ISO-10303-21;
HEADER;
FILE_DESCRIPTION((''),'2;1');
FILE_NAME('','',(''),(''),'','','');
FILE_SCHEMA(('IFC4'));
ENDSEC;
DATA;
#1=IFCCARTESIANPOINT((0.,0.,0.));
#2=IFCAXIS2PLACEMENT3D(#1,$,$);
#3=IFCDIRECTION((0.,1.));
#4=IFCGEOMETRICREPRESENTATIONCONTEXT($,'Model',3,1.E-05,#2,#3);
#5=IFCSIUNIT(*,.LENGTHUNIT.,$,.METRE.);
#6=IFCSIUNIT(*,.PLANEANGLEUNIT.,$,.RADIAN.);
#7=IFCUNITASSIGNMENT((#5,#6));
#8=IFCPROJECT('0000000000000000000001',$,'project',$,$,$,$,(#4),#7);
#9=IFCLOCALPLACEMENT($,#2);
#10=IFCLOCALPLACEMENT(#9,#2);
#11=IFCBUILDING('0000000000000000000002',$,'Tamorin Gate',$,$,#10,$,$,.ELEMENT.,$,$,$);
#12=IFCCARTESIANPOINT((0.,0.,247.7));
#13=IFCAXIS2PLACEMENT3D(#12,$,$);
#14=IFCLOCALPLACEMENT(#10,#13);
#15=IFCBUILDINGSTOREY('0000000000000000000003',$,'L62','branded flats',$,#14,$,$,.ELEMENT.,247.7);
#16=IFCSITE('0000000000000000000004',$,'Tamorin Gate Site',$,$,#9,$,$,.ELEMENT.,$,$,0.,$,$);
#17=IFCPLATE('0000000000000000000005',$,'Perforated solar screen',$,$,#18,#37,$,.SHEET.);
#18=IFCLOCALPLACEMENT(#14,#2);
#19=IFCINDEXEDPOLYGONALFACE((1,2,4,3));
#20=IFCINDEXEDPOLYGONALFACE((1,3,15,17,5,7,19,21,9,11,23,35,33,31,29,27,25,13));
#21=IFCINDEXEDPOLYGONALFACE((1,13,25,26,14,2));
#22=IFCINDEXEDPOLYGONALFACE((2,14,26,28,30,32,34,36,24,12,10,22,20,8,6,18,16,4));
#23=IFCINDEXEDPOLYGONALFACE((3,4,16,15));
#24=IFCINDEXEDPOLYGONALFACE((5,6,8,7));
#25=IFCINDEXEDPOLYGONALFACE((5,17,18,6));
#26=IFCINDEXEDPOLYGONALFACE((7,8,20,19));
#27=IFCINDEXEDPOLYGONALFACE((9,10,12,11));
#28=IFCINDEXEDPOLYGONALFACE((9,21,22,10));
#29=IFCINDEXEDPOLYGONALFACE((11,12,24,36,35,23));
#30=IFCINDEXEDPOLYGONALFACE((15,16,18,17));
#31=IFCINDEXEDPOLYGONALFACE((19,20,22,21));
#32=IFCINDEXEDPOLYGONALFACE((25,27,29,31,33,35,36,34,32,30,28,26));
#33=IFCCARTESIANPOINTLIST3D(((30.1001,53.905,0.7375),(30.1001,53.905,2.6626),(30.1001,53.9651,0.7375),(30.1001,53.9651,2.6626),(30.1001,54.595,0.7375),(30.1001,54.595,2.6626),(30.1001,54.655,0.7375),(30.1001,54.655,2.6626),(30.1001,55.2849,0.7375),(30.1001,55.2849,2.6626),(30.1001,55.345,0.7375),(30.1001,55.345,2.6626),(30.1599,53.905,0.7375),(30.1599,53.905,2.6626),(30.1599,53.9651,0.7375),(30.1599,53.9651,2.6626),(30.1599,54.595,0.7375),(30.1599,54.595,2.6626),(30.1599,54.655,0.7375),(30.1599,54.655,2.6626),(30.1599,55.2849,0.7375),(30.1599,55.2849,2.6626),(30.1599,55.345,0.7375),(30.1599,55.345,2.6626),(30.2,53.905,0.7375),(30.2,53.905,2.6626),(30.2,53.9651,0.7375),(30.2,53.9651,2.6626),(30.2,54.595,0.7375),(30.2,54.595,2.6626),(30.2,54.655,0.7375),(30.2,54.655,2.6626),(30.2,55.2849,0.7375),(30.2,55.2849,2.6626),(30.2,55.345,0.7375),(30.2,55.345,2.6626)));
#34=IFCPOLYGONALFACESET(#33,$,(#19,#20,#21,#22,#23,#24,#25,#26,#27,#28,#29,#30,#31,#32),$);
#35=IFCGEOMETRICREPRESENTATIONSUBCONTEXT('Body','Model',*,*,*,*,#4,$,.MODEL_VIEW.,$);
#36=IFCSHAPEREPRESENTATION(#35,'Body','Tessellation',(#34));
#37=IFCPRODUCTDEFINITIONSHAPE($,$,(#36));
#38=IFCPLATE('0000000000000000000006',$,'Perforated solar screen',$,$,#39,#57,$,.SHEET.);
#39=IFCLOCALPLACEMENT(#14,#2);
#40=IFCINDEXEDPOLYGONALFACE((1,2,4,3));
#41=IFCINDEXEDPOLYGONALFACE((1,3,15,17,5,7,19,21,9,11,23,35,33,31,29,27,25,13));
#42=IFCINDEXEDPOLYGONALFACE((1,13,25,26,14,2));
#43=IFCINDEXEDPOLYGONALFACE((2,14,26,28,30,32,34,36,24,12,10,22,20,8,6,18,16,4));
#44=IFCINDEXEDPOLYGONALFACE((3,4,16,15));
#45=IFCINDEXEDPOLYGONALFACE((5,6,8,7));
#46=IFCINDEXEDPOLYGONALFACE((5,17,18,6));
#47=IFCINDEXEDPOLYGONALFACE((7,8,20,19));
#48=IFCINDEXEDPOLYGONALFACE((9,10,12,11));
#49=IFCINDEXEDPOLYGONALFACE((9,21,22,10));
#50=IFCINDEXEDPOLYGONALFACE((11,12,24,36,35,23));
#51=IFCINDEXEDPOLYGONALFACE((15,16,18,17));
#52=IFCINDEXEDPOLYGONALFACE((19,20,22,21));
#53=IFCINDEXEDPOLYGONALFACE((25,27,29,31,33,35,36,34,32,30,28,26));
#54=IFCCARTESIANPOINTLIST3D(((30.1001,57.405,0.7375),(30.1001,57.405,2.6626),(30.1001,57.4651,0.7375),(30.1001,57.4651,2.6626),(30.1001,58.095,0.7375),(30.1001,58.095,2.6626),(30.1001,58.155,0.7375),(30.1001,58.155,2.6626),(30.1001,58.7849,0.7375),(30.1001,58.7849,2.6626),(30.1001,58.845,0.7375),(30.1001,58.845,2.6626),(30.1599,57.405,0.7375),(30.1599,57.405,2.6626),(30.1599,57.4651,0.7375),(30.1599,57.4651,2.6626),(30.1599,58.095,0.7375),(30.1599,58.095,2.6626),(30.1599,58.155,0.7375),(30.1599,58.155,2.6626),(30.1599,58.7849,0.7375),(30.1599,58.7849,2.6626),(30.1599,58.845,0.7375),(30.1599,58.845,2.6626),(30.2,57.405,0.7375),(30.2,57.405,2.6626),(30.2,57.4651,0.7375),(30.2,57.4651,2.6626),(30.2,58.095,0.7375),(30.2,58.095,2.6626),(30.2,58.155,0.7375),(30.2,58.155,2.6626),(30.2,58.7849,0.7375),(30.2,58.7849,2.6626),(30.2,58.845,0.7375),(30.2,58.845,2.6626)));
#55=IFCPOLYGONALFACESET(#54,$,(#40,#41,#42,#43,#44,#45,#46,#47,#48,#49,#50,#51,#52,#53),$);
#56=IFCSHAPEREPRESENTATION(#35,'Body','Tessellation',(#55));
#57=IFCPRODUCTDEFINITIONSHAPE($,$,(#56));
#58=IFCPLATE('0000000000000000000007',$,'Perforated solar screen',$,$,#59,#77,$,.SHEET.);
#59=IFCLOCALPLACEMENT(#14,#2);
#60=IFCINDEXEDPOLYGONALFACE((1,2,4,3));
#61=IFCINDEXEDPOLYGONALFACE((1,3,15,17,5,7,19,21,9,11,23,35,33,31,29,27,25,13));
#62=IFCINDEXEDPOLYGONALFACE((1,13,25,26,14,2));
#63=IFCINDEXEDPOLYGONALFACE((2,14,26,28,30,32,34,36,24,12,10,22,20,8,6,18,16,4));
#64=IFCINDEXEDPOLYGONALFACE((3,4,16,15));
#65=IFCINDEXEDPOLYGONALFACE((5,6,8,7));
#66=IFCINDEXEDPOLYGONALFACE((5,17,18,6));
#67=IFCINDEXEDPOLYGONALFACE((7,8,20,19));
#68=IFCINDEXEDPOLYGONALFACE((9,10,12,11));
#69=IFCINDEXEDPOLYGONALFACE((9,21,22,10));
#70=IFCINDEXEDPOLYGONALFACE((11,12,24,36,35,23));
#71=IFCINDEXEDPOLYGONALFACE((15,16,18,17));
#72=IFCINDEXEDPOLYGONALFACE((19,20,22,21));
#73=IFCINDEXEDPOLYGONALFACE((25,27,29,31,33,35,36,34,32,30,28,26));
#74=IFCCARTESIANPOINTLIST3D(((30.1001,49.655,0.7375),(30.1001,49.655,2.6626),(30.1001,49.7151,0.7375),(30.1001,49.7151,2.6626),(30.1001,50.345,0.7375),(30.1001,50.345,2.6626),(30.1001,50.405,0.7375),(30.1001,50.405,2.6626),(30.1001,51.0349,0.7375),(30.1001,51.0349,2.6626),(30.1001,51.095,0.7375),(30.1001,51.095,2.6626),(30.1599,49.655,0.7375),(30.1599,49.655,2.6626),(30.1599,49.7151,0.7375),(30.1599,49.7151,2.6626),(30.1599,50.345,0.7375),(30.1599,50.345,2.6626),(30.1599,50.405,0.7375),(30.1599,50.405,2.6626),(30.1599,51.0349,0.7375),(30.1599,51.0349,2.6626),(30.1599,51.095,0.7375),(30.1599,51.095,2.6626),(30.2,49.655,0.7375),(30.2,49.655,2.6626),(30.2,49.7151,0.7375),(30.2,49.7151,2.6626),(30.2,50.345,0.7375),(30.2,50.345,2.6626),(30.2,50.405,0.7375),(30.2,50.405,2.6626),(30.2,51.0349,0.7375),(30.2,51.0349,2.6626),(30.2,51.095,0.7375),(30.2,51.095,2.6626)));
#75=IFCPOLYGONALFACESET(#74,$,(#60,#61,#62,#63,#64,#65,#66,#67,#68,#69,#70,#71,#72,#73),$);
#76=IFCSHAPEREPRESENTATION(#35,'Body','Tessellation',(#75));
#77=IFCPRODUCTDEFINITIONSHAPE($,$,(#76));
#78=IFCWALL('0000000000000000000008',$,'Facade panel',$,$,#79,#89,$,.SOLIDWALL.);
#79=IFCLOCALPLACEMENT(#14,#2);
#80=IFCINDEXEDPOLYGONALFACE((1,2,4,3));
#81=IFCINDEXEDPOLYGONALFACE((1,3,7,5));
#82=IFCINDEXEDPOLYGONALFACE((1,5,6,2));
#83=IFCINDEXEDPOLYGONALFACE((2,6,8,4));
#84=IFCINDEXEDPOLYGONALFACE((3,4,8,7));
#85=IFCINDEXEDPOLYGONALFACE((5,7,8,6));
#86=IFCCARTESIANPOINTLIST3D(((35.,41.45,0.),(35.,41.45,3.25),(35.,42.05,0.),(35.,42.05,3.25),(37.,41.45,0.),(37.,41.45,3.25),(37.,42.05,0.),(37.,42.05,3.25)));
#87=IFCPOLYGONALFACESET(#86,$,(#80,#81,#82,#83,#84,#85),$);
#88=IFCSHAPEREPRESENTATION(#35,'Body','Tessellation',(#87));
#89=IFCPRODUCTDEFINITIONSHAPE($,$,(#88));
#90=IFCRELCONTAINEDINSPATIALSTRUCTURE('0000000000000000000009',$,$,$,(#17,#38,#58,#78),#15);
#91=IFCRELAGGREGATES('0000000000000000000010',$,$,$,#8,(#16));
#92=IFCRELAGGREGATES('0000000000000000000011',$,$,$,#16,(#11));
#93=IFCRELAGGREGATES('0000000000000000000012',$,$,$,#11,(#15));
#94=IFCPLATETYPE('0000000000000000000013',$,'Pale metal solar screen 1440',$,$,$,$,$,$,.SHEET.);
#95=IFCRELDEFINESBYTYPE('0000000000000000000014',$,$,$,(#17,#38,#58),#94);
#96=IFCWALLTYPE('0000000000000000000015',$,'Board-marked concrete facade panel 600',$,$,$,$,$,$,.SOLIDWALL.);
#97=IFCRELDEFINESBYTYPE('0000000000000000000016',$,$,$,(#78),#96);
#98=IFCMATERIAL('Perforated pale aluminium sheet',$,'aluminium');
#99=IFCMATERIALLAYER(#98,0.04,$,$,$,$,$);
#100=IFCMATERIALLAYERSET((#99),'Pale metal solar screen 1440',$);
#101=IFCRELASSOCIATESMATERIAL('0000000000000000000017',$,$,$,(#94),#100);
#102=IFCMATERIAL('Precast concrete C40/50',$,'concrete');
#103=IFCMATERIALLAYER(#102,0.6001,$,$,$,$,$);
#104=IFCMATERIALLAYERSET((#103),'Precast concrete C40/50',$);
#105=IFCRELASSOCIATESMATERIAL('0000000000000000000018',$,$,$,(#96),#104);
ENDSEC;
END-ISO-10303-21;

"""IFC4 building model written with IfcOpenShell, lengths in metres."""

from ifc_helpers import new_model, si_unit, direction, frame, frame_2d, origin, place, context, subcontext, project, spatial, polyline, rectangle, outline, extrude, material, layer, layer_set, type_object, element, save


model = new_model("IFC4")

# Units and contexts
model_context = context("Model", 3, precision=1e-05, world=origin(), true_north=direction((0.0, 1.0)))
body_context = subcontext(model_context, "Body", "Model", "MODEL_VIEW")
ifc_project = project(units=[si_unit("LENGTHUNIT", "METRE"), si_unit("PLANEANGLEUNIT", "RADIAN")], contexts=[model_context])

# Site, building, storey
site_placement = place(None, origin())
site = spatial("IfcSite", under=ifc_project, at=site_placement, Name="Tamorin Gate Site", CompositionType="ELEMENT", RefElevation=0.0)
building_placement = place(site_placement, origin())
building = spatial("IfcBuilding", under=site, at=building_placement, Name="Tamorin Gate", CompositionType="ELEMENT")
storey_placement = place(building_placement, frame((0.0, 0.0, 247.7)))
storey = spatial("IfcBuildingStorey", under=building, at=storey_placement, Name="L62", Description="branded flats", CompositionType="ELEMENT", Elevation=247.7)

# Plates
ifc_material_1 = material(Name="Perforated pale aluminium sheet", Category="aluminium")
ifc_layer_1 = layer(ifc_material_1, 0.04)
ifc_layer_set_1 = layer_set([ifc_layer_1], Name="Pale metal solar screen 1440")
plate_type = type_object("IfcPlateType", Name="Pale metal solar screen 1440", PredefinedType="SHEET", material=ifc_layer_set_1)
plate_1_placement = place(storey_placement, frame((0.0, 0.0, 0.7375)))
element("IfcPlate", 1, at=plate_1_placement, inside=storey, type_object=plate_type, Name="Perforated solar screen", PredefinedType="SHEET", context=body_context, shape_type="SweptSolid", body=[
    extrude(outline(polyline([(30.1599, 55.345), (30.2, 55.345), (30.2, 55.2849), (30.2, 54.655), (30.2, 54.595), (30.2, 53.9651), (30.2, 53.905), (30.1599, 53.905), (30.1001, 53.905), (30.1001, 53.9651), (30.1599, 53.9651), (30.1599, 54.595), (30.1001, 54.595), (30.1001, 54.655), (30.1599, 54.655), (30.1599, 55.2849), (30.1001, 55.2849), (30.1001, 55.345), (30.1599, 55.345)])), origin(), (0.0, 0.0, 1.0), 1.925),
])
plate_2_placement = place(storey_placement, frame((0.0, 0.0, 0.7375)))
element("IfcPlate", 2, at=plate_2_placement, inside=storey, type_object=plate_type, Name="Perforated solar screen", PredefinedType="SHEET", context=body_context, shape_type="SweptSolid", body=[
    extrude(outline(polyline([(30.1599, 58.845), (30.2, 58.845), (30.2, 58.7849), (30.2, 58.155), (30.2, 58.095), (30.2, 57.4651), (30.2, 57.405), (30.1599, 57.405), (30.1001, 57.405), (30.1001, 57.4651), (30.1599, 57.4651), (30.1599, 58.095), (30.1001, 58.095), (30.1001, 58.155), (30.1599, 58.155), (30.1599, 58.7849), (30.1001, 58.7849), (30.1001, 58.845), (30.1599, 58.845)])), origin(), (0.0, 0.0, 1.0), 1.925),
])
plate_3_placement = place(storey_placement, frame((0.0, 0.0, 0.7375)))
element("IfcPlate", 3, at=plate_3_placement, inside=storey, type_object=plate_type, Name="Perforated solar screen", PredefinedType="SHEET", context=body_context, shape_type="SweptSolid", body=[
    extrude(outline(polyline([(30.1599, 51.095), (30.2, 51.095), (30.2, 51.0349), (30.2, 50.405), (30.2, 50.345), (30.2, 49.7151), (30.2, 49.655), (30.1599, 49.655), (30.1001, 49.655), (30.1001, 49.7151), (30.1599, 49.7151), (30.1599, 50.345), (30.1001, 50.345), (30.1001, 50.405), (30.1599, 50.405), (30.1599, 51.0349), (30.1001, 51.0349), (30.1001, 51.095), (30.1599, 51.095)])), origin(), (0.0, 0.0, 1.0), 1.925),
])

# Wall
ifc_material_2 = material(Name="Precast concrete C40/50", Category="concrete")
ifc_layer_2 = layer(ifc_material_2, 0.6001)
ifc_layer_set_2 = layer_set([ifc_layer_2], Name="Precast concrete C40/50")
wall_type = type_object("IfcWallType", Name="Board-marked concrete facade panel 600", PredefinedType="SOLIDWALL", material=ifc_layer_set_2)
wall_placement = place(storey_placement, frame((35.0, 41.75, 0.0), z_axis=(0.0, 0.0, 1.0), x_axis=(1.0, 0.0, 0.0)))
element("IfcWall", 4, at=wall_placement, inside=storey, type_object=wall_type, Name="Facade panel", PredefinedType="SOLIDWALL", context=body_context, shape_type="SweptSolid", body=[
    extrude(rectangle(XDim=2.0, YDim=0.6001, at=frame_2d((1.0, 0.0))), origin(), (0.0, 0.0, 1.0), 3.25),
])

save(model, "model.ifc")
